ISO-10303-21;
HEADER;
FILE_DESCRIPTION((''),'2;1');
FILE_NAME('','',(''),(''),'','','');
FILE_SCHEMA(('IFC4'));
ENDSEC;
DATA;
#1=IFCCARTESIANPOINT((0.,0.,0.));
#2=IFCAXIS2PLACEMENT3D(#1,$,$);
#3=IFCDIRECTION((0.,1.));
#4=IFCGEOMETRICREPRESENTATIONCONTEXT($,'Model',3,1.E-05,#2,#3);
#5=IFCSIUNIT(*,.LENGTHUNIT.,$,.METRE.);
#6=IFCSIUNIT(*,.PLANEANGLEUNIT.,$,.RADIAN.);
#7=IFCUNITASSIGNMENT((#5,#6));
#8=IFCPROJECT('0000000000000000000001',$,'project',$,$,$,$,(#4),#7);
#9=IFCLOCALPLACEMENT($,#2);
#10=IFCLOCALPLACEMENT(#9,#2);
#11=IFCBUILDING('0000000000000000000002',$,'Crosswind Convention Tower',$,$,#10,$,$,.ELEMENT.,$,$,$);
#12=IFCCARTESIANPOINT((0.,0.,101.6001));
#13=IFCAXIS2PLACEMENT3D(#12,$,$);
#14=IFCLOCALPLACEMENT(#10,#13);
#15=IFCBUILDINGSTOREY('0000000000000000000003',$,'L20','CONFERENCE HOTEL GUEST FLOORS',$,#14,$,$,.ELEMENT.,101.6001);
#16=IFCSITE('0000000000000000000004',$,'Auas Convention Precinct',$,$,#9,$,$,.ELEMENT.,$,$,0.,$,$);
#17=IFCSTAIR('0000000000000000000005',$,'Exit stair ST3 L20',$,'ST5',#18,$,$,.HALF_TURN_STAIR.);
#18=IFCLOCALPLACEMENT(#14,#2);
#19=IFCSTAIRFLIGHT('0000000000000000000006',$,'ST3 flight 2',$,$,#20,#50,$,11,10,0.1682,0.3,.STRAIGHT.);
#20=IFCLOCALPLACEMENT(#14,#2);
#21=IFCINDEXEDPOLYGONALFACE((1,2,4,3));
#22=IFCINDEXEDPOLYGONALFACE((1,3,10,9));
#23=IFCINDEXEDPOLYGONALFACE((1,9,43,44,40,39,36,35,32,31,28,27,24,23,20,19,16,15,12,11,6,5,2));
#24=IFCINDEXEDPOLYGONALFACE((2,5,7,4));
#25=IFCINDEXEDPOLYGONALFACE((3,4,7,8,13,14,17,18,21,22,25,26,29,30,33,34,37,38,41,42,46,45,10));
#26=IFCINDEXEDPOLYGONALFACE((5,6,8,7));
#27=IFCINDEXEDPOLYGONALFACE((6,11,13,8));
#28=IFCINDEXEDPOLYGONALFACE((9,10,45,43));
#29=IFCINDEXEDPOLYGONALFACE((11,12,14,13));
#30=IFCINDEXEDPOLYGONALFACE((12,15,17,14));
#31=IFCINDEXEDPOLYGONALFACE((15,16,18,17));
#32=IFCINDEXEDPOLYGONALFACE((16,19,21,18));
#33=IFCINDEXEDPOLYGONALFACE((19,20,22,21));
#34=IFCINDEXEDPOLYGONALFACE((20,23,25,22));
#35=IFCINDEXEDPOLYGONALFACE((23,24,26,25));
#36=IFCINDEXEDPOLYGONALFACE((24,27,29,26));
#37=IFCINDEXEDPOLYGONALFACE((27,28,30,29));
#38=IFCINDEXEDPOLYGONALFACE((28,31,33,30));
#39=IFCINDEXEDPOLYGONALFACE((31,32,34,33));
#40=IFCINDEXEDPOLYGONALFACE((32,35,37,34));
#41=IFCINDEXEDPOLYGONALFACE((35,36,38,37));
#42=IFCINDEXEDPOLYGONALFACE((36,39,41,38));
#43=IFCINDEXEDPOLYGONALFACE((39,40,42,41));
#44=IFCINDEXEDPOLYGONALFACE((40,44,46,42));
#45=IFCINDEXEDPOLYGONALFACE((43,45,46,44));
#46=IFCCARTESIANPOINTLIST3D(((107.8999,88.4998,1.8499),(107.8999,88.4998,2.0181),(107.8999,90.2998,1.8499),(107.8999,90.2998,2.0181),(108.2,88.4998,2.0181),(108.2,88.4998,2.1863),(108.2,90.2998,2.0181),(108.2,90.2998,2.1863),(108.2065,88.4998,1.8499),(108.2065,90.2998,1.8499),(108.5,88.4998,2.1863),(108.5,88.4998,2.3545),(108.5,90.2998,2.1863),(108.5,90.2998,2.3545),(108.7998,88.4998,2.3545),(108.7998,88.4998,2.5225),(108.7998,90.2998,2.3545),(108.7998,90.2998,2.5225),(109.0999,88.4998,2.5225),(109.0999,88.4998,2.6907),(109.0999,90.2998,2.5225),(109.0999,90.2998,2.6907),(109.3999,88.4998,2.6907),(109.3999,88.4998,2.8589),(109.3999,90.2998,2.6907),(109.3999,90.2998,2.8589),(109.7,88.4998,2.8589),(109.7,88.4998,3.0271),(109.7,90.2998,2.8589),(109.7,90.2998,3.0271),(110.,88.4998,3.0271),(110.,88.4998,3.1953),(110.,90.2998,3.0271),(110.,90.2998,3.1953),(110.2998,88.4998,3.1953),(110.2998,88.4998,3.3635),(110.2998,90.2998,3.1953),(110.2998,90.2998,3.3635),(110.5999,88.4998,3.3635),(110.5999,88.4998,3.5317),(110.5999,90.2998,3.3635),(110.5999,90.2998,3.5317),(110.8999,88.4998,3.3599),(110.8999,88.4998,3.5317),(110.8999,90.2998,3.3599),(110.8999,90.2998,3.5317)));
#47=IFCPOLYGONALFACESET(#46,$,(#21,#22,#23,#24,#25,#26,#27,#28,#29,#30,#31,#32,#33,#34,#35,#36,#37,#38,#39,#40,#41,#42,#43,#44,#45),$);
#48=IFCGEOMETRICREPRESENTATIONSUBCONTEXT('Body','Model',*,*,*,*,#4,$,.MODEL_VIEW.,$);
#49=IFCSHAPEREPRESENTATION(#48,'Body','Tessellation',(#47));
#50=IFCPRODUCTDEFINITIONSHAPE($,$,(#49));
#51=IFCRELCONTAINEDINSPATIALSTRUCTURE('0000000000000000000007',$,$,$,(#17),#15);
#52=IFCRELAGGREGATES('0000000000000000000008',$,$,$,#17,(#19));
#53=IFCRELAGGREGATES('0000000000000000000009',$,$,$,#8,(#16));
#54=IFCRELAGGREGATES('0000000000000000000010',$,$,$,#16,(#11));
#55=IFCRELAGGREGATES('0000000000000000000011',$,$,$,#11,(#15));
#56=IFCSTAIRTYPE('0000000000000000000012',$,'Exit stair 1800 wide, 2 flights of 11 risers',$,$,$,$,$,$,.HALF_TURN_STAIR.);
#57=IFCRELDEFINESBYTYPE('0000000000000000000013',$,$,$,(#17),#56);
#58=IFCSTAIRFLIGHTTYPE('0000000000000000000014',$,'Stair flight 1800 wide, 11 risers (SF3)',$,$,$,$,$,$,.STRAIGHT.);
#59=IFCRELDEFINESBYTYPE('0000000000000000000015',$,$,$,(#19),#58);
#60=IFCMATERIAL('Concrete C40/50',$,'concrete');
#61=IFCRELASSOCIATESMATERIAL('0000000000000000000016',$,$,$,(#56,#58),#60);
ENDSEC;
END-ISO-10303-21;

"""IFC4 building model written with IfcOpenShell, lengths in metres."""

from ifc_helpers import new_model, si_unit, direction, frame, origin, place, context, subcontext, project, spatial, polyline, outline, extrude, material, type_object, element, aggregate, save


model = new_model("IFC4")

# Units and contexts
model_context = context("Model", 3, precision=1e-05, world=origin(), true_north=direction((0.0, 1.0)))
body_context = subcontext(model_context, "Body", "Model", "MODEL_VIEW")
ifc_project = project(units=[si_unit("LENGTHUNIT", "METRE"), si_unit("PLANEANGLEUNIT", "RADIAN")], contexts=[model_context])

# Site, building, storey
site_placement = place(None, origin())
site = spatial("IfcSite", under=ifc_project, at=site_placement, Name="Auas Convention Precinct", CompositionType="ELEMENT", RefElevation=0.0)
building_placement = place(site_placement, origin())
building = spatial("IfcBuilding", under=site, at=building_placement, Name="Crosswind Convention Tower", CompositionType="ELEMENT")
storey_placement = place(building_placement, frame((0.0, 0.0, 101.6001)))
storey = spatial("IfcBuildingStorey", under=building, at=storey_placement, Name="L20", Description="CONFERENCE HOTEL GUEST FLOORS", CompositionType="ELEMENT", Elevation=101.6001)

# Stair, stair flight
ifc_material_1 = material(Name="Concrete C40/50", Category="concrete")
stair_type = type_object("IfcStairType", Name="Exit stair 1800 wide, 2 flights of 11 risers", PredefinedType="HALF_TURN_STAIR", material=ifc_material_1)
stair_placement = place(storey_placement, origin())
stair = element("IfcStair", 1, at=stair_placement, inside=storey, type_object=stair_type, Name="Exit stair ST3 L20", ObjectType="ST5", PredefinedType="HALF_TURN_STAIR")
stair_flight_type = type_object("IfcStairFlightType", Name="Stair flight 1800 wide, 11 risers (SF3)", PredefinedType="STRAIGHT", material=ifc_material_1)
stair_flight_1_placement = place(storey_placement, frame((107.8999, 89.3999, 1.8499), z_axis=(0.0, 0.0, 1.0), x_axis=(1.0, 0.0, 0.0)))
stair_flight_1 = element("IfcStairFlight", 2, at=stair_flight_1_placement, type_object=stair_flight_type, Name="ST3 flight 2", NumberOfRisers=11, NumberOfTreads=10, PredefinedType="STRAIGHT", RiserHeight=0.1682, TreadLength=0.3, context=body_context, shape_type="SweptSolid", body=[
    extrude(outline(polyline([(0.0, 0.0), (0.0, 0.1682), (0.3, 0.1682), (0.3, 0.3364), (0.6001, 0.3364), (0.6001, 0.5046), (0.8999, 0.5046), (0.8999, 0.6726), (1.2, 0.6726), (1.2, 0.8408), (1.5, 0.8408), (1.5, 1.009), (1.8, 1.009), (1.8, 1.1772), (2.1001, 1.1772), (2.1001, 1.3455), (2.3999, 1.3455), (2.3999, 1.5137), (2.7, 1.5137), (2.7, 1.6819), (3.0, 1.6819), (3.0, 1.8501), (3.0, 1.51), (0.3066, 0.0), (0.0, 0.0)])), frame((0.0, 0.8999, 0.0), z_axis=(0.0, -1.0, 0.0), x_axis=(1.0, 0.0, 0.0)), (0.0, 0.0, 1.0), 1.8),
])
aggregate(stair, [stair_flight_1])

save(model, "model.ifc")
